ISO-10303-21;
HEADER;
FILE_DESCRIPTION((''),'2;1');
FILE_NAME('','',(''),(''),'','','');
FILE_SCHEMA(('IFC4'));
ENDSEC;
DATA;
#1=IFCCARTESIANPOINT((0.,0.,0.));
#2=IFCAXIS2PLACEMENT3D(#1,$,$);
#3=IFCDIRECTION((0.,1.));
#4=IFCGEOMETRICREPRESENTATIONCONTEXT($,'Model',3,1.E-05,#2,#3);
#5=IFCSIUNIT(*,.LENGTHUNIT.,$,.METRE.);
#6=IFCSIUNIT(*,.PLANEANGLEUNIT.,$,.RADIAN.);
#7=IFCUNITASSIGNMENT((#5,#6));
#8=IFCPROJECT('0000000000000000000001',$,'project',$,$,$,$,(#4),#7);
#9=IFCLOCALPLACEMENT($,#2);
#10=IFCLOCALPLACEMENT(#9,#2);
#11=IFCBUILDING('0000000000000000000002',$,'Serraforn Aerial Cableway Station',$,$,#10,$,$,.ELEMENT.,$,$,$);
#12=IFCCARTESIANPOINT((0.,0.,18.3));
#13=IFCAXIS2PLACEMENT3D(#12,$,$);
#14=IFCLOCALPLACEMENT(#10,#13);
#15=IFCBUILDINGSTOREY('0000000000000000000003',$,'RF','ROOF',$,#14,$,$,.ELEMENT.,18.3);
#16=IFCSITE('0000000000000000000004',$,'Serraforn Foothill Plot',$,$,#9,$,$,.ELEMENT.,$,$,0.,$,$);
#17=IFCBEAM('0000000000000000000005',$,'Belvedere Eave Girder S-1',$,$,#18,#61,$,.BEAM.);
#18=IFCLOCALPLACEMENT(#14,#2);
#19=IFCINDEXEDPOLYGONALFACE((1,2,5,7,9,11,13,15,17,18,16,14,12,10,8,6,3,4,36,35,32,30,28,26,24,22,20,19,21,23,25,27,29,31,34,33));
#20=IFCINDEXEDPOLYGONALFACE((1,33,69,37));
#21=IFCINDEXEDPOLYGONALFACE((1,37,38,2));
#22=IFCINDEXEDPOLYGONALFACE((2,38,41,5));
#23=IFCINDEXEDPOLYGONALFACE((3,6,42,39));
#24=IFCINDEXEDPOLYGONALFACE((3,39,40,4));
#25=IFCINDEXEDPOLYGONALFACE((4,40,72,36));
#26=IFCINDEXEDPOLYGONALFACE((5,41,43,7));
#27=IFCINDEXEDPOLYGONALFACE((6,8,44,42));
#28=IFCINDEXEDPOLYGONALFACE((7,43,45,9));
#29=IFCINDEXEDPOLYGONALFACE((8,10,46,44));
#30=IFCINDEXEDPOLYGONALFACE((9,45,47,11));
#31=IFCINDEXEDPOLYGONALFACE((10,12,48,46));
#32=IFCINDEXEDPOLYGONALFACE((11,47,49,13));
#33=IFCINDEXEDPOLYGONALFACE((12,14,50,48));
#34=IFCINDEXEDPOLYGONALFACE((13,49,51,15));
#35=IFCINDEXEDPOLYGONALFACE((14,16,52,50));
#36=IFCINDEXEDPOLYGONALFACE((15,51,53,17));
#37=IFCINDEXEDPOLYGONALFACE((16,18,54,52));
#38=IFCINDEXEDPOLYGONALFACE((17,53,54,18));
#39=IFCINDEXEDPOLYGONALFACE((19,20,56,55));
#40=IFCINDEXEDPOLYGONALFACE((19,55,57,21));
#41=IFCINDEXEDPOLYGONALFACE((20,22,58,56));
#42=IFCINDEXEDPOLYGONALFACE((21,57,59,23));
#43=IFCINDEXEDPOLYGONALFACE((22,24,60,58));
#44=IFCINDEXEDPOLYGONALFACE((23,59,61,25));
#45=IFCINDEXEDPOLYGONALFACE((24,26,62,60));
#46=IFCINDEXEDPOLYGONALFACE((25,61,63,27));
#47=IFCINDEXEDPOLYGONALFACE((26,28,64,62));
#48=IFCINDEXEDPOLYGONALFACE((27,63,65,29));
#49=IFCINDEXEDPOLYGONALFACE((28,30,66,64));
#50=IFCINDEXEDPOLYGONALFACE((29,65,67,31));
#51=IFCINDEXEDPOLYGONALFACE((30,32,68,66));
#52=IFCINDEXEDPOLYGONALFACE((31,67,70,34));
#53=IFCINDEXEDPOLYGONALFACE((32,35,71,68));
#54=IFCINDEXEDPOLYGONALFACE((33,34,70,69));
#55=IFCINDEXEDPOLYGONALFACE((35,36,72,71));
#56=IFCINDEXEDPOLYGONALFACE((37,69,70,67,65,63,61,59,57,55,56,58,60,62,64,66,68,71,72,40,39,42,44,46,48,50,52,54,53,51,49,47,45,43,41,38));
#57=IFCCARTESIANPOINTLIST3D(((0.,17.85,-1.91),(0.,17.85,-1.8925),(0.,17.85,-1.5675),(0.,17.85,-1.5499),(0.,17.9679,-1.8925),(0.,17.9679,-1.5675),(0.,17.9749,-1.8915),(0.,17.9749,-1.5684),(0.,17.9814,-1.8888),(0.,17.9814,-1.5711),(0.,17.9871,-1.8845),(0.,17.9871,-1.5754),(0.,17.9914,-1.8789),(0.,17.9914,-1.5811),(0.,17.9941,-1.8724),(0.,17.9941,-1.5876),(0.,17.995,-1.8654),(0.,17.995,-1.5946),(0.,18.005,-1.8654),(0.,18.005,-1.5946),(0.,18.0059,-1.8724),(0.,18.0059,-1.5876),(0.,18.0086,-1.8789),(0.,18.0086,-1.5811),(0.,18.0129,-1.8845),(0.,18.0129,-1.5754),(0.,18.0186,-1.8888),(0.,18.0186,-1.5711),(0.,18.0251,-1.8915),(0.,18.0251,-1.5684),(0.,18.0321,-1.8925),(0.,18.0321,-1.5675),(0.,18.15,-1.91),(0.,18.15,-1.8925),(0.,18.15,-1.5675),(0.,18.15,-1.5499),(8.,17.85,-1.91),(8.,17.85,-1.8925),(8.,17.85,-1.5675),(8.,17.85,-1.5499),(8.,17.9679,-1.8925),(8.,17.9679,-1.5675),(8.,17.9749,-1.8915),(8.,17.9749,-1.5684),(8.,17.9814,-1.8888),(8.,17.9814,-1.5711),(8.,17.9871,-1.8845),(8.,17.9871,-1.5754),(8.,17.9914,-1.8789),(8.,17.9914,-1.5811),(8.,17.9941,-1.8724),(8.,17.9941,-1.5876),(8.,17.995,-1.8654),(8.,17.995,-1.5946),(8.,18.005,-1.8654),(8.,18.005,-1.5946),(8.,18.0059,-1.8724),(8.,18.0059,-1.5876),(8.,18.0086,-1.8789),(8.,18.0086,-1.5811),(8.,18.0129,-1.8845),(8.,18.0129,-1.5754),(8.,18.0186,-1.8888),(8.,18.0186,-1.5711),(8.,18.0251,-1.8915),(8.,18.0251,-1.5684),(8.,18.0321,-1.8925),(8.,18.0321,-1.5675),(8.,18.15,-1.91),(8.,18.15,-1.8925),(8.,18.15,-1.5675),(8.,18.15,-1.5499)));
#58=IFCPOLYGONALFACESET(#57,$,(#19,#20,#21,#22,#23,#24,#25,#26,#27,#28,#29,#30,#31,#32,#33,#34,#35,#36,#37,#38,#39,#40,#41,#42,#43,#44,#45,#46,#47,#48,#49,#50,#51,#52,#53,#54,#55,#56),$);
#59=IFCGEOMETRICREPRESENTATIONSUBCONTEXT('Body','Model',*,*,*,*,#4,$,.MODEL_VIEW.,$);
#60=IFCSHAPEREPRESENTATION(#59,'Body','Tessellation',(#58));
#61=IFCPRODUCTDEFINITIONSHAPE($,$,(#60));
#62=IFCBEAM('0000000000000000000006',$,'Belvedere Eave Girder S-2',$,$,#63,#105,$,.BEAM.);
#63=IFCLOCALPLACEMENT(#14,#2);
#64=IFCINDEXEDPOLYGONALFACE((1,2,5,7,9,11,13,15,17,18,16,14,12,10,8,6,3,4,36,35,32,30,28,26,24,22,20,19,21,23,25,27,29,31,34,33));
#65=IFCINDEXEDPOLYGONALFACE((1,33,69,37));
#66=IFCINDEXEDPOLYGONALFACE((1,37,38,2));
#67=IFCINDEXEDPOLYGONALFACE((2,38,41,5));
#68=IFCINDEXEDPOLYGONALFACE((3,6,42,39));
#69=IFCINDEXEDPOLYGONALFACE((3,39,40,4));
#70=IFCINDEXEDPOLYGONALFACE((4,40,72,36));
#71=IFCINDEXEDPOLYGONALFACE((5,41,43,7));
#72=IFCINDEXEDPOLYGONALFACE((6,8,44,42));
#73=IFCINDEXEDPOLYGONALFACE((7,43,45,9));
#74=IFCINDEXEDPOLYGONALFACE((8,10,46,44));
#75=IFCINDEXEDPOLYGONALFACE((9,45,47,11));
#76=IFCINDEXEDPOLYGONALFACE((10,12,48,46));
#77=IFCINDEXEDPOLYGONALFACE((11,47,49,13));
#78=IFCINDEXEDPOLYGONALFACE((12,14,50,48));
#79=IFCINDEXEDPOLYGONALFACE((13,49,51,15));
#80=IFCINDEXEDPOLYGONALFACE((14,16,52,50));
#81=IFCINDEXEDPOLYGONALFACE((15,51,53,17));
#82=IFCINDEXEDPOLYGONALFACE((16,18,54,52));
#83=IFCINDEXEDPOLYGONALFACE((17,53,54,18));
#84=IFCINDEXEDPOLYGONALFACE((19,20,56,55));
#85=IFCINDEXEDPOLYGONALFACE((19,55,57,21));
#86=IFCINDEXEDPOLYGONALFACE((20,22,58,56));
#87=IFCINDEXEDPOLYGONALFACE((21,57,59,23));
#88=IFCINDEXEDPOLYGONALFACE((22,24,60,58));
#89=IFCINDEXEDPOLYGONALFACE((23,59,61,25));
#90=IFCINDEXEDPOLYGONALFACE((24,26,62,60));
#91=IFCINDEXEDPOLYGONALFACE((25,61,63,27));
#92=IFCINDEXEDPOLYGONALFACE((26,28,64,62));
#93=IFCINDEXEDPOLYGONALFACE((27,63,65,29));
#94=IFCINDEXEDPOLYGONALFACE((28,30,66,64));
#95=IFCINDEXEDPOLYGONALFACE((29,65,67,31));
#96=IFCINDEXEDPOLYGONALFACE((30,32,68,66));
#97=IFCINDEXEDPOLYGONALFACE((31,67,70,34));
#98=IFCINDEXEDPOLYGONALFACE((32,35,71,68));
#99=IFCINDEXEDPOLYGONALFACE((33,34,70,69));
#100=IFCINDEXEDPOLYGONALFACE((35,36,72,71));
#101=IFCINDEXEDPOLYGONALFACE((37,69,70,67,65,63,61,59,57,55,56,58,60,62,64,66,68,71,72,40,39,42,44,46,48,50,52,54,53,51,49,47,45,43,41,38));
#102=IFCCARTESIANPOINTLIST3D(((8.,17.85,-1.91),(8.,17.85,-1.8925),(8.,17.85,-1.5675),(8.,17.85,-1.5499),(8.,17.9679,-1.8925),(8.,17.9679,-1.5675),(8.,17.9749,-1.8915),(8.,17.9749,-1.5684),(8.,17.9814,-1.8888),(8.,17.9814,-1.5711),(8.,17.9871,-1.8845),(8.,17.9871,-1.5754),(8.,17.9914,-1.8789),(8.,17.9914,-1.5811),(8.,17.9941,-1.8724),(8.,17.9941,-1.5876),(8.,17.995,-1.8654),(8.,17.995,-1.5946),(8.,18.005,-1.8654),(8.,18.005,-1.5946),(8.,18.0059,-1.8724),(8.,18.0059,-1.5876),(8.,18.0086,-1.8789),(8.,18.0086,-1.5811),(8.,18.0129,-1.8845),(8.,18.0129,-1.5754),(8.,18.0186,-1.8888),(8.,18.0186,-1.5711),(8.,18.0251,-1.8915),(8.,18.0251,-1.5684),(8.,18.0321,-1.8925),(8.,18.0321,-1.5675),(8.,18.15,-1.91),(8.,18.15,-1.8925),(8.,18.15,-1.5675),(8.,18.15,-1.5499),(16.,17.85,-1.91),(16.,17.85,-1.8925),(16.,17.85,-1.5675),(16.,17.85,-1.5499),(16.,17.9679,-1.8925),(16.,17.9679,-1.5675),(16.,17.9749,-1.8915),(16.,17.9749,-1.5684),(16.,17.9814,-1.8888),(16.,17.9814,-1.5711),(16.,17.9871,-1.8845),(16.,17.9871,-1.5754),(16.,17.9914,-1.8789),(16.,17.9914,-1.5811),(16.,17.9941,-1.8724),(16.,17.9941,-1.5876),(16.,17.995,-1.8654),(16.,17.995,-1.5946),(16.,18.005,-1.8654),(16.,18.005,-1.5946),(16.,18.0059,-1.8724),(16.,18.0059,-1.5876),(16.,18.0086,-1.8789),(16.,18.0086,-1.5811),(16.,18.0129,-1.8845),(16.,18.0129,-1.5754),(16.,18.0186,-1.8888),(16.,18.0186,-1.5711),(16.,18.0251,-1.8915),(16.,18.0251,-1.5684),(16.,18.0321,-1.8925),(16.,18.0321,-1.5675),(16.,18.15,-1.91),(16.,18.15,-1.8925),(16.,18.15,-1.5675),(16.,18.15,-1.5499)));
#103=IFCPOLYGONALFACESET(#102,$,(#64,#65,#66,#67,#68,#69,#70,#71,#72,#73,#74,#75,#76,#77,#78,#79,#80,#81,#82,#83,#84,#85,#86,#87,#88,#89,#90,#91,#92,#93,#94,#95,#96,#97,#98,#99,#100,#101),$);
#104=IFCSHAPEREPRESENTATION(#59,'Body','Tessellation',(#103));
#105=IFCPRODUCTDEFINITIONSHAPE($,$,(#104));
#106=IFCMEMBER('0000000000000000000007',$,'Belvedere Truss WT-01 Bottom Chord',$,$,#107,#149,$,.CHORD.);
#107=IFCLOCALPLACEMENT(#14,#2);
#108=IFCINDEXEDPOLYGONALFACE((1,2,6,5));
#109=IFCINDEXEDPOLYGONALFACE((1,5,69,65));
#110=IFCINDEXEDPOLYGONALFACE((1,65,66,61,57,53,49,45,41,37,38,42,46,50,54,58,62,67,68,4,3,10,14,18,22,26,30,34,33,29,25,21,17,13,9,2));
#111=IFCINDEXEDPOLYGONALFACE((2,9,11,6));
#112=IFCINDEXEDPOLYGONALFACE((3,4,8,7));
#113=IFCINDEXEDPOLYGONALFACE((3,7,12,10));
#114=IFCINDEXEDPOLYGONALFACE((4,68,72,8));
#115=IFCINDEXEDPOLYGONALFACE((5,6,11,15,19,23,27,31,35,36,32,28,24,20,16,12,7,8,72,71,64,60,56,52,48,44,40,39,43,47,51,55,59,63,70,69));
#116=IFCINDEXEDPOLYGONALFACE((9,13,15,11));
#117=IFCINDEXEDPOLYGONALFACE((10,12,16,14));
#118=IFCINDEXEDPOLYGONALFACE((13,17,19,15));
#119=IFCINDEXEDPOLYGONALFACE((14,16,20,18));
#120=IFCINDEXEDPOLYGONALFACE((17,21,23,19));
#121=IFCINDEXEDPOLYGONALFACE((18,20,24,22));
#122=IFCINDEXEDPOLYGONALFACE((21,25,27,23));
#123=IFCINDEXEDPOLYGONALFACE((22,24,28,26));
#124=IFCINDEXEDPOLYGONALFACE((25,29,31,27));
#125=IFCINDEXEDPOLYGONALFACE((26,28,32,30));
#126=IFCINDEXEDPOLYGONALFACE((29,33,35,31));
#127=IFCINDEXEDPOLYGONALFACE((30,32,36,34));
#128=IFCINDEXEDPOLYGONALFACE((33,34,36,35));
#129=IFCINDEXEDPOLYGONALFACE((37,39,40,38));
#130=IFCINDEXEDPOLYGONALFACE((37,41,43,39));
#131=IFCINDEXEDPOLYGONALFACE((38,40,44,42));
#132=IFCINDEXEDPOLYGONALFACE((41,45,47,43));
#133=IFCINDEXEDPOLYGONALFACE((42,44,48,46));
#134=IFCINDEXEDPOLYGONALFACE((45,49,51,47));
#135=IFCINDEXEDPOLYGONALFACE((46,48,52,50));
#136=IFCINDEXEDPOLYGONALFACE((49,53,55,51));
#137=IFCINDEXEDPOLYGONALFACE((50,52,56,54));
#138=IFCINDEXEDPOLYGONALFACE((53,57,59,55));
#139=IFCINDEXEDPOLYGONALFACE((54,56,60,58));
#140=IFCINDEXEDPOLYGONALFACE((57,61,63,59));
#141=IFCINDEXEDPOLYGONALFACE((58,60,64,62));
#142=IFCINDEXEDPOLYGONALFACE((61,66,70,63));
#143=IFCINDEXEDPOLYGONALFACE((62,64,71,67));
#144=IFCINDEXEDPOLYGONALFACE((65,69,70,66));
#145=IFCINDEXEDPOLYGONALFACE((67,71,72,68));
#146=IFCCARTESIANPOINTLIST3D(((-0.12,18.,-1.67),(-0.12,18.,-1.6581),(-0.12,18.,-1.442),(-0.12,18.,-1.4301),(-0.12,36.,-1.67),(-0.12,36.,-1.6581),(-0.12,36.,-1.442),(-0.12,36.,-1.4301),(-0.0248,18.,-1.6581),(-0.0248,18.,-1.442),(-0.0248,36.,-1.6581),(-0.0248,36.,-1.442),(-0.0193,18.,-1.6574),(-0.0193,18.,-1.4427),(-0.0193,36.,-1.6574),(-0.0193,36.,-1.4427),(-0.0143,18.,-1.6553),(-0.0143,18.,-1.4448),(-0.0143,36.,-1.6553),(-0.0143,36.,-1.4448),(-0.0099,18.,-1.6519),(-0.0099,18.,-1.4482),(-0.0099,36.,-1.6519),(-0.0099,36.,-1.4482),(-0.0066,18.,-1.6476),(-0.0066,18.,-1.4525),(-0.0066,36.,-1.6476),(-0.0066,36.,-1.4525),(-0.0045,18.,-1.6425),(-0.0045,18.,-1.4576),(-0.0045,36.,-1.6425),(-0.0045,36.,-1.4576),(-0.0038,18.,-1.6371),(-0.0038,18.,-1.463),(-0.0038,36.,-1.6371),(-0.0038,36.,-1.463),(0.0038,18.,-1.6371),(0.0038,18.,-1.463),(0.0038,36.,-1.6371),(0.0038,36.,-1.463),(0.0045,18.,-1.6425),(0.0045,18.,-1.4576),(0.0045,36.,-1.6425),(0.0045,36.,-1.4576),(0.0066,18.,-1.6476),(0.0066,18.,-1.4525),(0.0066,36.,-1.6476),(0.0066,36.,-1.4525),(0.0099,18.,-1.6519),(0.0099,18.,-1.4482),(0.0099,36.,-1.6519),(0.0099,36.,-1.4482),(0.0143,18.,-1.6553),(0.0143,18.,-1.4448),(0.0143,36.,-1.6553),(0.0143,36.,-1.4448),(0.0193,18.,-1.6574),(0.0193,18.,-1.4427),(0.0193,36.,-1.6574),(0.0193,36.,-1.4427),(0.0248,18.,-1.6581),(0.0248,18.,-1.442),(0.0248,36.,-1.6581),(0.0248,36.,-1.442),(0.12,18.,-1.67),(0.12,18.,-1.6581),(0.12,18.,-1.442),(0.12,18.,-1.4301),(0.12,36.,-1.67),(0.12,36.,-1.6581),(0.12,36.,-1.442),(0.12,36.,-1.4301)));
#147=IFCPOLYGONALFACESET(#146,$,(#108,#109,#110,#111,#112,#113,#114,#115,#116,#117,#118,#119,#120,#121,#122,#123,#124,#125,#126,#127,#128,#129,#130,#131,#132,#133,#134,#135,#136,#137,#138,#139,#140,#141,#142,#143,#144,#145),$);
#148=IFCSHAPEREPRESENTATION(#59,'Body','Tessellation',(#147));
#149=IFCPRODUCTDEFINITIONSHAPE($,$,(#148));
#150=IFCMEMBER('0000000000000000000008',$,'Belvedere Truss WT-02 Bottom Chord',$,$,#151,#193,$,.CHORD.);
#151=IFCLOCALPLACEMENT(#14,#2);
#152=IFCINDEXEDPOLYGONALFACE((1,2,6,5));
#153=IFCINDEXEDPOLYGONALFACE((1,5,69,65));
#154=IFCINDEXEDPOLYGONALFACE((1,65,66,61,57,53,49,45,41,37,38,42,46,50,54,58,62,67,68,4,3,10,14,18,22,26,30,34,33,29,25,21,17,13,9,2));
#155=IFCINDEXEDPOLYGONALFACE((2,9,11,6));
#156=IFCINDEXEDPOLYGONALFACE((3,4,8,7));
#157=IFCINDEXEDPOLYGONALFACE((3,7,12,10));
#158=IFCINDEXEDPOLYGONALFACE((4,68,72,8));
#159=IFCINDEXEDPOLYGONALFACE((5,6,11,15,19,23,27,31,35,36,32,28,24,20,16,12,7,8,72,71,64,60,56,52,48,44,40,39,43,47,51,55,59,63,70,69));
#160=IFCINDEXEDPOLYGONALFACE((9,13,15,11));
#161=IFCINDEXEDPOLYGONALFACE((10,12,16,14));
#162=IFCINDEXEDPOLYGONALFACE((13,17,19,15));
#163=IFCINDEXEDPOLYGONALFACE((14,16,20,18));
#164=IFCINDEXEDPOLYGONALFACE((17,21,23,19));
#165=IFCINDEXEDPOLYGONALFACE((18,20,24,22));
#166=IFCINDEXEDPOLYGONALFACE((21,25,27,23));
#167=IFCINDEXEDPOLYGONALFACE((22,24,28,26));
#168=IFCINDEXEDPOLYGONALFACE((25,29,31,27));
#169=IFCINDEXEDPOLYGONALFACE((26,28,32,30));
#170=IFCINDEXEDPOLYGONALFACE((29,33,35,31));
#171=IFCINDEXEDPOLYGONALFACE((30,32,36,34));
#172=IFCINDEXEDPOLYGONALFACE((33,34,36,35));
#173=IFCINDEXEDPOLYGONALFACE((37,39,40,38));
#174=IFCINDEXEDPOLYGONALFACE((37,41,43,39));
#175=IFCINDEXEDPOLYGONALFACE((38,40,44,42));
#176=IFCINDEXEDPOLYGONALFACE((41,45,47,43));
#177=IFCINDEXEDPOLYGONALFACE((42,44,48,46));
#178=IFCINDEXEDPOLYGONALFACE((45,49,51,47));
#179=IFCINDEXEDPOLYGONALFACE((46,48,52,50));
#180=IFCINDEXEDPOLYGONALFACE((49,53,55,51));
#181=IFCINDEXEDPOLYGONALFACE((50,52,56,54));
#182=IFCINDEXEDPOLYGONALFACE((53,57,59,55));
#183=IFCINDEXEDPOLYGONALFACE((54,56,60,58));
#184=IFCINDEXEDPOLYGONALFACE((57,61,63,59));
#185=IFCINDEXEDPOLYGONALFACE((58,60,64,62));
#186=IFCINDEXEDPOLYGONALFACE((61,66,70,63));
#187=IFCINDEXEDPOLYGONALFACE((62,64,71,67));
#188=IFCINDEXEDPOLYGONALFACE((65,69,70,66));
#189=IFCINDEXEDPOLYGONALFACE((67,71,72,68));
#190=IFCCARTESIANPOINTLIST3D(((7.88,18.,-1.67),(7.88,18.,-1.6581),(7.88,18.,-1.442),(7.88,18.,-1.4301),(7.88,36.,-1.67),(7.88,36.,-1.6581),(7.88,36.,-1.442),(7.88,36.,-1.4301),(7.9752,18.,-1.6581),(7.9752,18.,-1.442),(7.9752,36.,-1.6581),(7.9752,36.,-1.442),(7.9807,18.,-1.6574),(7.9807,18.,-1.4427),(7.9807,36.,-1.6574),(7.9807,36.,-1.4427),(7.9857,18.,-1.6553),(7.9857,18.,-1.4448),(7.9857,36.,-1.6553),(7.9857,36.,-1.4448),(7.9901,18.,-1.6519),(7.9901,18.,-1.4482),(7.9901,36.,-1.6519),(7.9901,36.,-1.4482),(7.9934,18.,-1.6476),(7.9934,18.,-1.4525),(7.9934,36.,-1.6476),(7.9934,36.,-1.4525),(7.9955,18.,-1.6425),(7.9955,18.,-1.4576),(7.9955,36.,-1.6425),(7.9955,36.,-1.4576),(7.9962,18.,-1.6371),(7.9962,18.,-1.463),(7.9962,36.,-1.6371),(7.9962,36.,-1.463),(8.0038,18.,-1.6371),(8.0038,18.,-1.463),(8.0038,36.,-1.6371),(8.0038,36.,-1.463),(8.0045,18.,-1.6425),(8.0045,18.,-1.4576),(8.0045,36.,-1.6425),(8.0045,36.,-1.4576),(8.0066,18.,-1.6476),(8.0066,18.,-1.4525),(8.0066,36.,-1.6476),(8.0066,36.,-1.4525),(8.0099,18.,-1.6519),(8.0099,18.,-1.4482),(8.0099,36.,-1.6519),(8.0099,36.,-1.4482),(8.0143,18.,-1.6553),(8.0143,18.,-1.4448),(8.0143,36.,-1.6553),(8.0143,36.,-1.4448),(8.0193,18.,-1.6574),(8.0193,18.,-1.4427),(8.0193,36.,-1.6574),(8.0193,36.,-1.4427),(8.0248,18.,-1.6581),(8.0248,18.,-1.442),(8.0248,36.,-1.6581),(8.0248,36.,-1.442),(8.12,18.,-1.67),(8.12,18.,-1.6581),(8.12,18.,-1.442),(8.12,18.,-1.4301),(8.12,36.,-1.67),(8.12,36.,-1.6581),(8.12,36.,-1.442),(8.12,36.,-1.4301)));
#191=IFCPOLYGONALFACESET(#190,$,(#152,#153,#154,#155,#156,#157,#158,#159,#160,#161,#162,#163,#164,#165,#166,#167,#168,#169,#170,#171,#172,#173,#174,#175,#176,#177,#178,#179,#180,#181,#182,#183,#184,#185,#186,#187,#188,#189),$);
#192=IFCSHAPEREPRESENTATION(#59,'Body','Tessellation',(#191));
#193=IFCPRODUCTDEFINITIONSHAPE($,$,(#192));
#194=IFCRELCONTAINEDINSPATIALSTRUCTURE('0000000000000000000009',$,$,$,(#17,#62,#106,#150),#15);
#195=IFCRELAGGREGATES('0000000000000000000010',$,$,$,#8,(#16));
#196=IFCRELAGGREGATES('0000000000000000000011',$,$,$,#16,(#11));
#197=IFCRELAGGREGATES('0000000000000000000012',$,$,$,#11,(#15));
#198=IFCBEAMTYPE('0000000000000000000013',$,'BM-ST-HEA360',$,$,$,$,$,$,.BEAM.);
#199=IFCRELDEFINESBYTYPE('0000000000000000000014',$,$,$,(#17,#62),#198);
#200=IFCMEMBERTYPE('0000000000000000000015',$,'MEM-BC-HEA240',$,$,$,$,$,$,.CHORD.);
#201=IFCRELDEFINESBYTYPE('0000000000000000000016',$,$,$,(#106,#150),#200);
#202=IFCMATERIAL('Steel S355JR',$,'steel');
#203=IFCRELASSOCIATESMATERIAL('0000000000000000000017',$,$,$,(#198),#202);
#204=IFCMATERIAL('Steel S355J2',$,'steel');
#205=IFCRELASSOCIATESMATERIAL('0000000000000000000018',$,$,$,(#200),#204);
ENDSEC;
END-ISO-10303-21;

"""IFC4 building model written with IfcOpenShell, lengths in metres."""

from ifc_helpers import new_model, si_unit, direction, frame, origin, origin_2d, place, context, subcontext, project, spatial, i_section, extrude, material, material_profile, profile_set, type_object, element, save


model = new_model("IFC4")

# Units and contexts
model_context = context("Model", 3, precision=1e-05, world=origin(), true_north=direction((0.0, 1.0)))
body_context = subcontext(model_context, "Body", "Model", "MODEL_VIEW")
ifc_project = project(units=[si_unit("LENGTHUNIT", "METRE"), si_unit("PLANEANGLEUNIT", "RADIAN")], contexts=[model_context])

# Site, building, storey
site_placement = place(None, origin())
site = spatial("IfcSite", under=ifc_project, at=site_placement, Name="Serraforn Foothill Plot", CompositionType="ELEMENT", RefElevation=0.0)
building_placement = place(site_placement, origin())
building = spatial("IfcBuilding", under=site, at=building_placement, Name="Serraforn Aerial Cableway Station", CompositionType="ELEMENT")
storey_placement = place(building_placement, frame((0.0, 0.0, 18.3)))
storey = spatial("IfcBuildingStorey", under=building, at=storey_placement, Name="RF", Description="ROOF", CompositionType="ELEMENT", Elevation=18.3)

# Beams
ifc_material_1 = material(Name="Steel S355JR", Category="steel")
ifc_material_profile_1 = material_profile(ifc_material_1, i_section(OverallWidth=0.3, OverallDepth=0.3601, WebThickness=0.01, FlangeThickness=0.0176, FilletRadius=0.0271, at=origin_2d()), Name="HEA 360")
ifc_profile_set_1 = profile_set([ifc_material_profile_1], Name="Steel S355JR")
beam_type = type_object("IfcBeamType", Name="BM-ST-HEA360", PredefinedType="BEAM", material=ifc_profile_set_1)
for number, where, z_axis, x_axis, name in (
    (1, (0.0, 18.0, -1.73), (1.0, 0.0, 0.0), (0.0, 1.0, 0.0), "Belvedere Eave Girder S-1"),
    (2, (8.0, 18.0, -1.73), (1.0, 0.0, 0.0), (0.0, 1.0, 0.0), "Belvedere Eave Girder S-2"),
):
    element("IfcBeam", number, at=place(storey_placement, frame(where, z_axis=z_axis, x_axis=x_axis)), inside=storey, type_object=beam_type, Name=name, PredefinedType="BEAM", context=body_context, shape_type="SweptSolid", body=[
        extrude(i_section(OverallWidth=0.3, OverallDepth=0.3601, WebThickness=0.01, FlangeThickness=0.0176, FilletRadius=0.0271, at=origin_2d()), origin(), (0.0, 0.0, 1.0), 8.0),
    ])

# Members
ifc_material_2 = material(Name="Steel S355J2", Category="steel")
ifc_material_profile_2 = material_profile(ifc_material_2, i_section(OverallWidth=0.24, OverallDepth=0.24, WebThickness=0.0076, FlangeThickness=0.012, FilletRadius=0.021, at=origin_2d()), Name="HEA 240")
ifc_profile_set_2 = profile_set([ifc_material_profile_2], Name="Steel S355J2")
member_type_1 = type_object("IfcMemberType", Name="MEM-BC-HEA240", PredefinedType="CHORD", material=ifc_profile_set_2)
for number, where, z_axis, x_axis, name in (
    (3, (0.0, 18.0, -1.55), (0.0, 1.0, 0.0), (-1.0, 0.0, 0.0), "Belvedere Truss WT-01 Bottom Chord"),
    (4, (8.0, 18.0, -1.55), (0.0, 1.0, 0.0), (-1.0, 0.0, 0.0), "Belvedere Truss WT-02 Bottom Chord"),
):
    element("IfcMember", number, at=place(storey_placement, frame(where, z_axis=z_axis, x_axis=x_axis)), inside=storey, type_object=member_type_1, Name=name, PredefinedType="CHORD", context=body_context, shape_type="SweptSolid", body=[
        extrude(i_section(OverallWidth=0.24, OverallDepth=0.24, WebThickness=0.0076, FlangeThickness=0.012, FilletRadius=0.021, at=origin_2d()), origin(), (0.0, 0.0, 1.0), 18.0),
    ])

save(model, "model.ifc")
